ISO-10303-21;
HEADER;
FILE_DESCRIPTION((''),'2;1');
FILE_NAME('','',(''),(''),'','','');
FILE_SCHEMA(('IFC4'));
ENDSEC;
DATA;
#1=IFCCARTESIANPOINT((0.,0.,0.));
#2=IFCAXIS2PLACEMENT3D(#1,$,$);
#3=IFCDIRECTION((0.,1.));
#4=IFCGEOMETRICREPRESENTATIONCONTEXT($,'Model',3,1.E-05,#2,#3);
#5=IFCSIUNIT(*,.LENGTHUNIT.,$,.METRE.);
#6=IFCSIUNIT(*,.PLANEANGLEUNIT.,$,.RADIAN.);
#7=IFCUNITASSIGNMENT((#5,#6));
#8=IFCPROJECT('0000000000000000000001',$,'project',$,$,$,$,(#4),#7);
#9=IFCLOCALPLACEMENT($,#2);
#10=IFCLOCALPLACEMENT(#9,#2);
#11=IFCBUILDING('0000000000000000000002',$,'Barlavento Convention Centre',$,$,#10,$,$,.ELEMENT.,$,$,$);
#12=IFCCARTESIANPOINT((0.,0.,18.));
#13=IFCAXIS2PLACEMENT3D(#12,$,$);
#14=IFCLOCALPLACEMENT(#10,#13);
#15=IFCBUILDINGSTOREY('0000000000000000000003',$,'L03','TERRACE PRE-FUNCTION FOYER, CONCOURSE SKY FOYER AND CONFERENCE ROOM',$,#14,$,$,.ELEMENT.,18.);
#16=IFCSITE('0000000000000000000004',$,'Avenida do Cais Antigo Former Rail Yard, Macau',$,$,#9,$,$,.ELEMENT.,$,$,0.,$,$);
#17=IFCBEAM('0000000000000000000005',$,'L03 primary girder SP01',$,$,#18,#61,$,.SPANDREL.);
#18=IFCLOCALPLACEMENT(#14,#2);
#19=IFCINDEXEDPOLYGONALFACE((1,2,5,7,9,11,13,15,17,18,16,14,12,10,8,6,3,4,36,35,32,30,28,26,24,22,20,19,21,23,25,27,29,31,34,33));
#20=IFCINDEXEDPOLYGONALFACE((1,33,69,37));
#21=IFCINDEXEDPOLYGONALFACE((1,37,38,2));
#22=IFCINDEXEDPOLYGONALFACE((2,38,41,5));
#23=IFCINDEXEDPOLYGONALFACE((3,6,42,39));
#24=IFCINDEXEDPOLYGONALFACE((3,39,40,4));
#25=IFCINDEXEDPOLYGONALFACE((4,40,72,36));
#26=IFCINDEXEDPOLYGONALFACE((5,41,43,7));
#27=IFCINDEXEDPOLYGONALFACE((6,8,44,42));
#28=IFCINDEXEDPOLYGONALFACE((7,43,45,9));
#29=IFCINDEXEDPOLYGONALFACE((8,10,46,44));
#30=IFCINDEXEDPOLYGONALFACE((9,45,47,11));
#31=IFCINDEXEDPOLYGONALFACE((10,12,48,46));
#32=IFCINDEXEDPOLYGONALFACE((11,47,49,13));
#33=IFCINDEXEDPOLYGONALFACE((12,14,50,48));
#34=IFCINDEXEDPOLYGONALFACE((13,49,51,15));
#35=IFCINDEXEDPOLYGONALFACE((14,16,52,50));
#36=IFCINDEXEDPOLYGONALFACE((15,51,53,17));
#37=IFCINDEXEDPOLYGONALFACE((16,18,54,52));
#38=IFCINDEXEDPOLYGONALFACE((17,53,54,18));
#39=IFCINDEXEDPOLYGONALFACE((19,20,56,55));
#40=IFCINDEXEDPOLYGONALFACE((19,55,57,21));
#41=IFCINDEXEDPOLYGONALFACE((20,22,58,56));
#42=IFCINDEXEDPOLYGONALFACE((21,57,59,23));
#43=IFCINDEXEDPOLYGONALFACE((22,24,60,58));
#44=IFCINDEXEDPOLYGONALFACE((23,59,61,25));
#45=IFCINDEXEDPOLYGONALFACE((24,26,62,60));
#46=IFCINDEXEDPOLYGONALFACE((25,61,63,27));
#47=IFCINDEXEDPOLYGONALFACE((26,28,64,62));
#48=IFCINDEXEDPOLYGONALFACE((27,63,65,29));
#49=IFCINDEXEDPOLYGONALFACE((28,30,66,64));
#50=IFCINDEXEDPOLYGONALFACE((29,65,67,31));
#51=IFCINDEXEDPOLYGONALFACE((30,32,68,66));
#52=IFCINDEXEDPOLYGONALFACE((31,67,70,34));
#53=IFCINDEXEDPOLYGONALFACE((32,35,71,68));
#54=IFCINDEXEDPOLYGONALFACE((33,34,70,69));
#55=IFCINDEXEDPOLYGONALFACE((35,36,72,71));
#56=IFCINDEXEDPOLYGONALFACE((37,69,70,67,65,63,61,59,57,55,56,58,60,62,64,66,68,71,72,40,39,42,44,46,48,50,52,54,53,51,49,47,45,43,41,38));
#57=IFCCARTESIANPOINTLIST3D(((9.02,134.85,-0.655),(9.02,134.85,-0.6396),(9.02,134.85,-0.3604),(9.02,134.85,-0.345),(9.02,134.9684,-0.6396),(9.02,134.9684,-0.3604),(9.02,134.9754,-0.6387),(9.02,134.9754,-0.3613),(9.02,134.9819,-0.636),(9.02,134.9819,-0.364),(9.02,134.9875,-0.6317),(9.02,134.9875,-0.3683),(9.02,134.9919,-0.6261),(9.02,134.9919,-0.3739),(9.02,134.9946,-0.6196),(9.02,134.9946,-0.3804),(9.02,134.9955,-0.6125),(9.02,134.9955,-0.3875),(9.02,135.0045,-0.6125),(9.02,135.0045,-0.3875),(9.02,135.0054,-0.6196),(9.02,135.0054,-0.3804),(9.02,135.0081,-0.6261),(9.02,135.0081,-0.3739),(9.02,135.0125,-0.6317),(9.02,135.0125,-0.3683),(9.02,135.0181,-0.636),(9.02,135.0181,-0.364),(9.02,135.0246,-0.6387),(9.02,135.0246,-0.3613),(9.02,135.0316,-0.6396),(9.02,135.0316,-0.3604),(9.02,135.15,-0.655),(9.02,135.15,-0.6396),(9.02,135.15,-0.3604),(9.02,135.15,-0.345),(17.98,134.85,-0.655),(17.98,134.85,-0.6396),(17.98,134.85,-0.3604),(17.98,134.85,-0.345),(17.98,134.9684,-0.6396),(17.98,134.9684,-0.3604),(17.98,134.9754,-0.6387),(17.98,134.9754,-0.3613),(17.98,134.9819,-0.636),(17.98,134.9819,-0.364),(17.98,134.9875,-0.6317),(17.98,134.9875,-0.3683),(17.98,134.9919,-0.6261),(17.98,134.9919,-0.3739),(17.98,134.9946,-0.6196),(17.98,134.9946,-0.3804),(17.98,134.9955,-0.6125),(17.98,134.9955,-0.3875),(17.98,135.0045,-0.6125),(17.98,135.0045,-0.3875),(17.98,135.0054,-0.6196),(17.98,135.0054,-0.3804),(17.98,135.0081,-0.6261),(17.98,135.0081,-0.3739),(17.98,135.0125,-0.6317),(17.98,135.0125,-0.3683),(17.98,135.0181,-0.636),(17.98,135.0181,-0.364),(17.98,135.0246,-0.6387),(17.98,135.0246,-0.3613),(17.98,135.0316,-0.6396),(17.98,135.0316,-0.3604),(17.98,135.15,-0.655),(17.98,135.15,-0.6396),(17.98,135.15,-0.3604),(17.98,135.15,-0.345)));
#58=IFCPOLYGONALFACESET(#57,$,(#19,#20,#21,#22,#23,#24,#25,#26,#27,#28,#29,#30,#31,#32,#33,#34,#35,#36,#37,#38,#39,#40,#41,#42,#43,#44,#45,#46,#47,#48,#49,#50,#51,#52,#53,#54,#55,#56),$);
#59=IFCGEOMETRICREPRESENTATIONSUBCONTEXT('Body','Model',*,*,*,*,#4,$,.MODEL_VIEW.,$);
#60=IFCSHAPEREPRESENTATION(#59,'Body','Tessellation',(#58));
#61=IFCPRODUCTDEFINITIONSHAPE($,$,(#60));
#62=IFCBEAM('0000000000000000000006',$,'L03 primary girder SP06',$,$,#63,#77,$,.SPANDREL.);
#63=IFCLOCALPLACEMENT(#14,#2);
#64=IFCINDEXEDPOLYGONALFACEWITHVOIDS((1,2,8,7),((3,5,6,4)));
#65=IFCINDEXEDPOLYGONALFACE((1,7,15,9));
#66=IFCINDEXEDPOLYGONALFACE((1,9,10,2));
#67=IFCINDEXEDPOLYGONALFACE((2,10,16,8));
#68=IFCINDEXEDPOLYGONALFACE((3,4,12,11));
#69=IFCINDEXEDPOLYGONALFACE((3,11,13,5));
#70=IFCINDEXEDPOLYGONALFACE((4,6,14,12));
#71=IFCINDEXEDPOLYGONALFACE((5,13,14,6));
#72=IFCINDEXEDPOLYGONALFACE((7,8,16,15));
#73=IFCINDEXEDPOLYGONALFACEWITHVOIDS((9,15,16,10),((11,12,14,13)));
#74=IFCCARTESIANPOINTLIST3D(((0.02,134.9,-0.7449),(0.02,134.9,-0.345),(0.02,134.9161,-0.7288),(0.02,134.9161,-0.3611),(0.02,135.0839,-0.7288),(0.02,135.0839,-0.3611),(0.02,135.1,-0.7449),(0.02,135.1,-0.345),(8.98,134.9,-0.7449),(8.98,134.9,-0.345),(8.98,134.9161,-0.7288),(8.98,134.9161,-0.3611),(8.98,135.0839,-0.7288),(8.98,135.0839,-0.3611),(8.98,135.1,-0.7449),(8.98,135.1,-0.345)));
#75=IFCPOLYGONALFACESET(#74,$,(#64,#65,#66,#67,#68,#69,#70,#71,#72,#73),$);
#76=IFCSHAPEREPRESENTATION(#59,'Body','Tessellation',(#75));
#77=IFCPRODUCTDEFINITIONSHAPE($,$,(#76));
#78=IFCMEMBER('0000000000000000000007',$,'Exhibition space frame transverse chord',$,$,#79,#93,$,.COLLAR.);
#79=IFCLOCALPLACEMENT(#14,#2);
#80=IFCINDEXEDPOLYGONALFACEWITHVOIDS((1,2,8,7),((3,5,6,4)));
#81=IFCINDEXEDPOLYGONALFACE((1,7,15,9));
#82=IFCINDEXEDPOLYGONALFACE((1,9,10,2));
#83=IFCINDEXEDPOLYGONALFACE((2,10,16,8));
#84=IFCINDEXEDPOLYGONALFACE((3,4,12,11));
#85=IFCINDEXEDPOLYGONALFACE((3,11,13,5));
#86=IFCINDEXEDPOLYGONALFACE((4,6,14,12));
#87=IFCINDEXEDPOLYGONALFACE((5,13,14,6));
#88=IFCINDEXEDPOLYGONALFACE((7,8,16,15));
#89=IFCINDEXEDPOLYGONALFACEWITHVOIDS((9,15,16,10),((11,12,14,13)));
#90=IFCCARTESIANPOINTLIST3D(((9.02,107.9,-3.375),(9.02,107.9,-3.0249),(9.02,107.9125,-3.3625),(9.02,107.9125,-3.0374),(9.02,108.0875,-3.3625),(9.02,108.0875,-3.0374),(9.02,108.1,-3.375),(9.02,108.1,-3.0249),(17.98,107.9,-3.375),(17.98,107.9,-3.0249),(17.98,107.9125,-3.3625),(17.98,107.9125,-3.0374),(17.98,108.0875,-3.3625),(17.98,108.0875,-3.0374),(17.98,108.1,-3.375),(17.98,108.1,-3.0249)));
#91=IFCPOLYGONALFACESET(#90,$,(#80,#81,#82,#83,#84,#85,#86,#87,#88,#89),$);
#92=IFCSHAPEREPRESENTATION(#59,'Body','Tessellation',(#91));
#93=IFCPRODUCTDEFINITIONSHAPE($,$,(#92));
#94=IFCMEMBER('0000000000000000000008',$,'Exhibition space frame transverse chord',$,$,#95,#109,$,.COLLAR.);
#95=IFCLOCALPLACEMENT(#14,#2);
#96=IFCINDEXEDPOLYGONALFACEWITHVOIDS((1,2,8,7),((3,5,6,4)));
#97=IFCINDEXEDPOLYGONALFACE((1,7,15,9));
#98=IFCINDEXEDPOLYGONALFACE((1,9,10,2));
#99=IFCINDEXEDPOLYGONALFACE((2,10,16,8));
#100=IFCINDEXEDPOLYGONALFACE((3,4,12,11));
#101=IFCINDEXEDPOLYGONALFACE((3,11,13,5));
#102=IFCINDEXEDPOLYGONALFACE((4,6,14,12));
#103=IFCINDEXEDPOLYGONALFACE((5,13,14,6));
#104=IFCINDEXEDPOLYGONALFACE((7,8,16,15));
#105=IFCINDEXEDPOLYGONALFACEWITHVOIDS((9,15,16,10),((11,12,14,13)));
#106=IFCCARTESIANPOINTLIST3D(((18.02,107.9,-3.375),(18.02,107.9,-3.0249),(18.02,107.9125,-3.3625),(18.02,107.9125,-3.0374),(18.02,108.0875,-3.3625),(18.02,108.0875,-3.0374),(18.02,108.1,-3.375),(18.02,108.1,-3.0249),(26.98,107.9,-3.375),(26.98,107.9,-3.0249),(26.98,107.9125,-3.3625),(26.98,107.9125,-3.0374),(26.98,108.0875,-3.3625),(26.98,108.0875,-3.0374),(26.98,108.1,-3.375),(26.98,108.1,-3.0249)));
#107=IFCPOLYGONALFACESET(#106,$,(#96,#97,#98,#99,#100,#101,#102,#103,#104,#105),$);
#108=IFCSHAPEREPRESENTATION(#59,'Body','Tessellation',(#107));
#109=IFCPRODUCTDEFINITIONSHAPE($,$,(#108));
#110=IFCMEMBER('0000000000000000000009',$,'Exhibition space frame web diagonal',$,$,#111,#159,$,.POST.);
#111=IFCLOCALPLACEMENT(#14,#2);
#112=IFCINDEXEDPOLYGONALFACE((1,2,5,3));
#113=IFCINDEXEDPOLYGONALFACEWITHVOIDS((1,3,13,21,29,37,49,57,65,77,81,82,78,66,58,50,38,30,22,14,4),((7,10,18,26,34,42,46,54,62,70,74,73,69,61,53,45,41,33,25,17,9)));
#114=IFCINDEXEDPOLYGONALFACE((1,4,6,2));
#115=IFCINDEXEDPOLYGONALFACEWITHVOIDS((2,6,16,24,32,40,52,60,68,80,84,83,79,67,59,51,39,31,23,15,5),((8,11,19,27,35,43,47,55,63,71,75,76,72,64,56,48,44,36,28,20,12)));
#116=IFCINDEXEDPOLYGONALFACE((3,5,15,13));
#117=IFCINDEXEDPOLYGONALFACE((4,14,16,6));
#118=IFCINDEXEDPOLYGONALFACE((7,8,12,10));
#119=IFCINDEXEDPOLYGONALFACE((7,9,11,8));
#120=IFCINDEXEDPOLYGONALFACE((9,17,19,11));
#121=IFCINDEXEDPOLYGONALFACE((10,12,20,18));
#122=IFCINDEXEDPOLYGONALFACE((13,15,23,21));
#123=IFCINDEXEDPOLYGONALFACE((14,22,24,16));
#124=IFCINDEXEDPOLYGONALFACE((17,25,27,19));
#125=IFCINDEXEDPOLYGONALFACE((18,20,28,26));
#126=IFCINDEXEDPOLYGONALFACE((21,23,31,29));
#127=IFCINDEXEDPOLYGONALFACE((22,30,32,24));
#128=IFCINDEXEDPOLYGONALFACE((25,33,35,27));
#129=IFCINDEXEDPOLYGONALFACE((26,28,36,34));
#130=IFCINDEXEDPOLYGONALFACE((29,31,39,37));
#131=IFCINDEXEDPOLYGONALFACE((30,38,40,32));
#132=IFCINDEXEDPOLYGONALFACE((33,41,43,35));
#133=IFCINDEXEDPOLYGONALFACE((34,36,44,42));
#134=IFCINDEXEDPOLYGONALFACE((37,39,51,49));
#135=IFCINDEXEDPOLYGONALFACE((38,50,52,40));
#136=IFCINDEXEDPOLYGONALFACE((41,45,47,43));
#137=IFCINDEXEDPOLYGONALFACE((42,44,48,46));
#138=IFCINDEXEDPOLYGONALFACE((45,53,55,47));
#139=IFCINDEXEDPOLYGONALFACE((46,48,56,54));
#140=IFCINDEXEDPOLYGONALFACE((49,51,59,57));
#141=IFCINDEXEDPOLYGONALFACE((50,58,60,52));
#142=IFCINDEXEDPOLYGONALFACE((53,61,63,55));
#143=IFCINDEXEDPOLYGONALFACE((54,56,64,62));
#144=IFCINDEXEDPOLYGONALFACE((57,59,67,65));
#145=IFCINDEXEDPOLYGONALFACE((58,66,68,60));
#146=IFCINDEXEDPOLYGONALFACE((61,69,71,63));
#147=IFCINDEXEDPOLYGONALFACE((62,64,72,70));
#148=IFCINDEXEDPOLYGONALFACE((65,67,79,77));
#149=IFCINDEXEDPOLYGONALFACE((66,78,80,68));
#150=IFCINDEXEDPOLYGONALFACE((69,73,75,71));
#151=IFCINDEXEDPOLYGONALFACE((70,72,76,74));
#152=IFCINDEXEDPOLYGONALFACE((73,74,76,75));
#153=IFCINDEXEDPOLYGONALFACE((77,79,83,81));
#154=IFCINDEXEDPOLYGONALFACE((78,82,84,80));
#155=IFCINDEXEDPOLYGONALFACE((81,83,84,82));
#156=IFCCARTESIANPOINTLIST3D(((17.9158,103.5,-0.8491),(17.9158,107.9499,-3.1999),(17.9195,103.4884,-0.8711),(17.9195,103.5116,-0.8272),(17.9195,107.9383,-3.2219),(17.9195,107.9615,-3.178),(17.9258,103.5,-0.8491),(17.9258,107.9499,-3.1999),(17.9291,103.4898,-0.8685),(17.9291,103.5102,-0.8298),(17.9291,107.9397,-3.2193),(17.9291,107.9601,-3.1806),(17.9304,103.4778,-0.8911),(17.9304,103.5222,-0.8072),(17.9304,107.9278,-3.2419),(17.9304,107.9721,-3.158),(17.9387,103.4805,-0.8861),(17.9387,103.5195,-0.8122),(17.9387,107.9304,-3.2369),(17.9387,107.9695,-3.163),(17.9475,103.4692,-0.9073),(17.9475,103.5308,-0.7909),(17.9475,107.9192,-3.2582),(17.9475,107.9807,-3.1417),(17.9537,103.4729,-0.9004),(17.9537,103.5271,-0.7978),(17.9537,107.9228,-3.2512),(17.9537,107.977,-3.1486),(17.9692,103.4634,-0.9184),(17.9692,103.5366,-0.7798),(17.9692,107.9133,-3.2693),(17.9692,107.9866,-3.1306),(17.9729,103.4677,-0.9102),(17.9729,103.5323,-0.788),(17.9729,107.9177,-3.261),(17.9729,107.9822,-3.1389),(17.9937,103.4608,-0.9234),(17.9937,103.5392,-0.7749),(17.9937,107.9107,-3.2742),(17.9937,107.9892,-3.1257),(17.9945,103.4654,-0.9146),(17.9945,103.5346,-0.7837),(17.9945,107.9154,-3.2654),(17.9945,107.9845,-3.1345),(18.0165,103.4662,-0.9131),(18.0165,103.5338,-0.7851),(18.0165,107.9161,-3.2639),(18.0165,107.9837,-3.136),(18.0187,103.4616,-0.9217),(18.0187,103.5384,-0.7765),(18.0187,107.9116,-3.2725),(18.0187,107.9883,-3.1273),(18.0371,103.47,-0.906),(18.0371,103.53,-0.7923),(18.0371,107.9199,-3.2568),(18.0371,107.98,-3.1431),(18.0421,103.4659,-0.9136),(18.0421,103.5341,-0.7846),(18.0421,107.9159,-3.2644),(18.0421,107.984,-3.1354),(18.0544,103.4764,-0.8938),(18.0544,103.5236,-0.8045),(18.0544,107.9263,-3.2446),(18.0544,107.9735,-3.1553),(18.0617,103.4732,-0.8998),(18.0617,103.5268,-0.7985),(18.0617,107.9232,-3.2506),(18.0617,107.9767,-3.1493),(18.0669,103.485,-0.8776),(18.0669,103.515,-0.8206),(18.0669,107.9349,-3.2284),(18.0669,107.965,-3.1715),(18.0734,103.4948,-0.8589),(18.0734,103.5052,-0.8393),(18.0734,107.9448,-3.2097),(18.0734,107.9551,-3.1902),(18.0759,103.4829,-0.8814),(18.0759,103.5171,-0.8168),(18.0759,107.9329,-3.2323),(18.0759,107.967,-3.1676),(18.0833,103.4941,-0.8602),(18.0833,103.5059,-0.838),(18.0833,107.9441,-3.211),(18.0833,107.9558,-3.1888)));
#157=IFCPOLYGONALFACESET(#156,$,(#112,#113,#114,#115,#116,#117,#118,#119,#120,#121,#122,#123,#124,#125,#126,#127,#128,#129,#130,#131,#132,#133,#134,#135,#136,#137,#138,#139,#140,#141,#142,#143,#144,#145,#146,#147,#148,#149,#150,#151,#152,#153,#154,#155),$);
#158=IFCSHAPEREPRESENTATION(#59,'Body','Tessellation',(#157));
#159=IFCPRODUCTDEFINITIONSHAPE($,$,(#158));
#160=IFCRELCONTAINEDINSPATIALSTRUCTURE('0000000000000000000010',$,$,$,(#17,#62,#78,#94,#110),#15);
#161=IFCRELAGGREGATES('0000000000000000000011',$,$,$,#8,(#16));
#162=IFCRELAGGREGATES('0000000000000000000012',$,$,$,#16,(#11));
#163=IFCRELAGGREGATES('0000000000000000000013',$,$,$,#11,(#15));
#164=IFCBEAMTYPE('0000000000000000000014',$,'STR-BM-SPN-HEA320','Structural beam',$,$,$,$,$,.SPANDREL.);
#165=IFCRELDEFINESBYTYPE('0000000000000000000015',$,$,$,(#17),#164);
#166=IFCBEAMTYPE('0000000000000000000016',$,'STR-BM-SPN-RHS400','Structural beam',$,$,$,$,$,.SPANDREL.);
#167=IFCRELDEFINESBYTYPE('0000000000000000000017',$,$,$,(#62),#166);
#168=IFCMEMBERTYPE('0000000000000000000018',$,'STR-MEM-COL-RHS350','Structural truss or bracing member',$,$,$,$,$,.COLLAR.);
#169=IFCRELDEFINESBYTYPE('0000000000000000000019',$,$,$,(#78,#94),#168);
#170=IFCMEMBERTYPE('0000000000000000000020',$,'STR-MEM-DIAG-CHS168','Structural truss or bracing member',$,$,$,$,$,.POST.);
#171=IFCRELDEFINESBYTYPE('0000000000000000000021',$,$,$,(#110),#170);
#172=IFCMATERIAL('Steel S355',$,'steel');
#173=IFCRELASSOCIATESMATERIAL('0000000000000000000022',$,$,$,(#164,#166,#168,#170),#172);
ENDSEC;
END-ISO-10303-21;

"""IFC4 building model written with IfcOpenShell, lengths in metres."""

from ifc_helpers import new_model, si_unit, direction, frame, origin, origin_2d, place, context, subcontext, project, spatial, hollow_rectangle, hollow_circle, i_section, extrude, material, material_profile, profile_set, type_object, element, save


model = new_model("IFC4")

# Units and contexts
model_context = context("Model", 3, precision=1e-05, world=origin(), true_north=direction((0.0, 1.0)))
body_context = subcontext(model_context, "Body", "Model", "MODEL_VIEW")
ifc_project = project(units=[si_unit("LENGTHUNIT", "METRE"), si_unit("PLANEANGLEUNIT", "RADIAN")], contexts=[model_context])

# Site, building, storey
site_placement = place(None, origin())
site = spatial("IfcSite", under=ifc_project, at=site_placement, Name="Avenida do Cais Antigo Former Rail Yard, Macau", CompositionType="ELEMENT", RefElevation=0.0)
building_placement = place(site_placement, origin())
building = spatial("IfcBuilding", under=site, at=building_placement, Name="Barlavento Convention Centre", CompositionType="ELEMENT")
storey_placement = place(building_placement, frame((0.0, 0.0, 18.0)))
storey = spatial("IfcBuildingStorey", under=building, at=storey_placement, Name="L03", Description="TERRACE PRE-FUNCTION FOYER, CONCOURSE SKY FOYER AND CONFERENCE ROOM", CompositionType="ELEMENT", Elevation=18.0)

# Beams
ifc_material_1 = material(Name="Steel S355", Category="steel")
ifc_material_profile_1 = material_profile(ifc_material_1, i_section(OverallWidth=0.3, OverallDepth=0.3101, WebThickness=0.009, FlangeThickness=0.0154, FilletRadius=0.0271, at=origin_2d()), Name="HEA 320")
ifc_profile_set_1 = profile_set([ifc_material_profile_1], Name="Steel S355")
beam_type_1 = type_object("IfcBeamType", Name="STR-BM-SPN-HEA320", Description="Structural beam", PredefinedType="SPANDREL", material=ifc_profile_set_1)
beam_1_placement = place(storey_placement, frame((9.02, 135.0, -0.5), z_axis=(1.0, 0.0, 0.0), x_axis=(0.0, 1.0, 0.0)))
element("IfcBeam", 1, at=beam_1_placement, inside=storey, type_object=beam_type_1, Name="L03 primary girder SP01", PredefinedType="SPANDREL", context=body_context, shape_type="SweptSolid", body=[
    extrude(i_section(OverallWidth=0.3, OverallDepth=0.3101, WebThickness=0.009, FlangeThickness=0.0154, FilletRadius=0.0271, at=origin_2d()), origin(), (0.0, 0.0, 1.0), 8.96),
])
ifc_material_profile_2 = material_profile(ifc_material_1, hollow_rectangle(XDim=0.2, YDim=0.3999, WallThickness=0.0161, at=origin_2d()), Name="RHS 400x200x16.0")
ifc_profile_set_2 = profile_set([ifc_material_profile_2], Name="Steel S355")
beam_type_2 = type_object("IfcBeamType", Name="STR-BM-SPN-RHS400", Description="Structural beam", PredefinedType="SPANDREL", material=ifc_profile_set_2)
beam_2_placement = place(storey_placement, frame((0.02, 135.0, -0.5449), z_axis=(1.0, 0.0, 0.0), x_axis=(0.0, 1.0, 0.0)))
element("IfcBeam", 2, at=beam_2_placement, inside=storey, type_object=beam_type_2, Name="L03 primary girder SP06", PredefinedType="SPANDREL", context=body_context, shape_type="SweptSolid", body=[
    extrude(hollow_rectangle(XDim=0.2, YDim=0.3999, WallThickness=0.0161, at=origin_2d()), origin(), (0.0, 0.0, 1.0), 8.96),
])

# Members
ifc_material_profile_3 = material_profile(ifc_material_1, hollow_rectangle(XDim=0.2, YDim=0.3501, WallThickness=0.0125, at=origin_2d()), Name="RHS 350x200x12.5")
ifc_profile_set_3 = profile_set([ifc_material_profile_3], Name="Steel S355")
member_type_1 = type_object("IfcMemberType", Name="STR-MEM-COL-RHS350", Description="Structural truss or bracing member", PredefinedType="COLLAR", material=ifc_profile_set_3)
for number, where, z_axis, x_axis, name in (
    (3, (9.02, 108.0, -3.2), (1.0, 0.0, 0.0), (0.0, 1.0, 0.0), "Exhibition space frame transverse chord"),
    (4, (18.02, 108.0, -3.2), (1.0, 0.0, 0.0), (0.0, 1.0, 0.0), "Exhibition space frame transverse chord"),
):
    element("IfcMember", number, at=place(storey_placement, frame(where, z_axis=z_axis, x_axis=x_axis)), inside=storey, type_object=member_type_1, Name=name, PredefinedType="COLLAR", context=body_context, shape_type="SweptSolid", body=[
        extrude(hollow_rectangle(XDim=0.2, YDim=0.3501, WallThickness=0.0125, at=origin_2d()), origin(), (0.0, 0.0, 1.0), 8.96),
    ])
ifc_material_profile_4 = material_profile(ifc_material_1, hollow_circle(Radius=0.0842, WallThickness=0.01, at=origin_2d()), Name="CHS 168.3x10.0")
ifc_profile_set_4 = profile_set([ifc_material_profile_4], Name="Steel S355")
member_type_2 = type_object("IfcMemberType", Name="STR-MEM-DIAG-CHS168", Description="Structural truss or bracing member", PredefinedType="POST", material=ifc_profile_set_4)
for number, where, z_axis, x_axis, name in (
    (5, (18.0, 103.5, -0.8491), (0.0, 0.884201, -0.467107), (-1.0, 0.0, 0.0), "Exhibition space frame web diagonal"),
):
    element("IfcMember", number, at=place(storey_placement, frame(where, z_axis=z_axis, x_axis=x_axis)), inside=storey, type_object=member_type_2, Name=name, PredefinedType="POST", context=body_context, shape_type="SweptSolid", body=[
        extrude(hollow_circle(Radius=0.0842, WallThickness=0.01, at=origin_2d()), origin(), (0.0, 0.0, 1.0), 5.0327),
    ])

save(model, "model.ifc")
